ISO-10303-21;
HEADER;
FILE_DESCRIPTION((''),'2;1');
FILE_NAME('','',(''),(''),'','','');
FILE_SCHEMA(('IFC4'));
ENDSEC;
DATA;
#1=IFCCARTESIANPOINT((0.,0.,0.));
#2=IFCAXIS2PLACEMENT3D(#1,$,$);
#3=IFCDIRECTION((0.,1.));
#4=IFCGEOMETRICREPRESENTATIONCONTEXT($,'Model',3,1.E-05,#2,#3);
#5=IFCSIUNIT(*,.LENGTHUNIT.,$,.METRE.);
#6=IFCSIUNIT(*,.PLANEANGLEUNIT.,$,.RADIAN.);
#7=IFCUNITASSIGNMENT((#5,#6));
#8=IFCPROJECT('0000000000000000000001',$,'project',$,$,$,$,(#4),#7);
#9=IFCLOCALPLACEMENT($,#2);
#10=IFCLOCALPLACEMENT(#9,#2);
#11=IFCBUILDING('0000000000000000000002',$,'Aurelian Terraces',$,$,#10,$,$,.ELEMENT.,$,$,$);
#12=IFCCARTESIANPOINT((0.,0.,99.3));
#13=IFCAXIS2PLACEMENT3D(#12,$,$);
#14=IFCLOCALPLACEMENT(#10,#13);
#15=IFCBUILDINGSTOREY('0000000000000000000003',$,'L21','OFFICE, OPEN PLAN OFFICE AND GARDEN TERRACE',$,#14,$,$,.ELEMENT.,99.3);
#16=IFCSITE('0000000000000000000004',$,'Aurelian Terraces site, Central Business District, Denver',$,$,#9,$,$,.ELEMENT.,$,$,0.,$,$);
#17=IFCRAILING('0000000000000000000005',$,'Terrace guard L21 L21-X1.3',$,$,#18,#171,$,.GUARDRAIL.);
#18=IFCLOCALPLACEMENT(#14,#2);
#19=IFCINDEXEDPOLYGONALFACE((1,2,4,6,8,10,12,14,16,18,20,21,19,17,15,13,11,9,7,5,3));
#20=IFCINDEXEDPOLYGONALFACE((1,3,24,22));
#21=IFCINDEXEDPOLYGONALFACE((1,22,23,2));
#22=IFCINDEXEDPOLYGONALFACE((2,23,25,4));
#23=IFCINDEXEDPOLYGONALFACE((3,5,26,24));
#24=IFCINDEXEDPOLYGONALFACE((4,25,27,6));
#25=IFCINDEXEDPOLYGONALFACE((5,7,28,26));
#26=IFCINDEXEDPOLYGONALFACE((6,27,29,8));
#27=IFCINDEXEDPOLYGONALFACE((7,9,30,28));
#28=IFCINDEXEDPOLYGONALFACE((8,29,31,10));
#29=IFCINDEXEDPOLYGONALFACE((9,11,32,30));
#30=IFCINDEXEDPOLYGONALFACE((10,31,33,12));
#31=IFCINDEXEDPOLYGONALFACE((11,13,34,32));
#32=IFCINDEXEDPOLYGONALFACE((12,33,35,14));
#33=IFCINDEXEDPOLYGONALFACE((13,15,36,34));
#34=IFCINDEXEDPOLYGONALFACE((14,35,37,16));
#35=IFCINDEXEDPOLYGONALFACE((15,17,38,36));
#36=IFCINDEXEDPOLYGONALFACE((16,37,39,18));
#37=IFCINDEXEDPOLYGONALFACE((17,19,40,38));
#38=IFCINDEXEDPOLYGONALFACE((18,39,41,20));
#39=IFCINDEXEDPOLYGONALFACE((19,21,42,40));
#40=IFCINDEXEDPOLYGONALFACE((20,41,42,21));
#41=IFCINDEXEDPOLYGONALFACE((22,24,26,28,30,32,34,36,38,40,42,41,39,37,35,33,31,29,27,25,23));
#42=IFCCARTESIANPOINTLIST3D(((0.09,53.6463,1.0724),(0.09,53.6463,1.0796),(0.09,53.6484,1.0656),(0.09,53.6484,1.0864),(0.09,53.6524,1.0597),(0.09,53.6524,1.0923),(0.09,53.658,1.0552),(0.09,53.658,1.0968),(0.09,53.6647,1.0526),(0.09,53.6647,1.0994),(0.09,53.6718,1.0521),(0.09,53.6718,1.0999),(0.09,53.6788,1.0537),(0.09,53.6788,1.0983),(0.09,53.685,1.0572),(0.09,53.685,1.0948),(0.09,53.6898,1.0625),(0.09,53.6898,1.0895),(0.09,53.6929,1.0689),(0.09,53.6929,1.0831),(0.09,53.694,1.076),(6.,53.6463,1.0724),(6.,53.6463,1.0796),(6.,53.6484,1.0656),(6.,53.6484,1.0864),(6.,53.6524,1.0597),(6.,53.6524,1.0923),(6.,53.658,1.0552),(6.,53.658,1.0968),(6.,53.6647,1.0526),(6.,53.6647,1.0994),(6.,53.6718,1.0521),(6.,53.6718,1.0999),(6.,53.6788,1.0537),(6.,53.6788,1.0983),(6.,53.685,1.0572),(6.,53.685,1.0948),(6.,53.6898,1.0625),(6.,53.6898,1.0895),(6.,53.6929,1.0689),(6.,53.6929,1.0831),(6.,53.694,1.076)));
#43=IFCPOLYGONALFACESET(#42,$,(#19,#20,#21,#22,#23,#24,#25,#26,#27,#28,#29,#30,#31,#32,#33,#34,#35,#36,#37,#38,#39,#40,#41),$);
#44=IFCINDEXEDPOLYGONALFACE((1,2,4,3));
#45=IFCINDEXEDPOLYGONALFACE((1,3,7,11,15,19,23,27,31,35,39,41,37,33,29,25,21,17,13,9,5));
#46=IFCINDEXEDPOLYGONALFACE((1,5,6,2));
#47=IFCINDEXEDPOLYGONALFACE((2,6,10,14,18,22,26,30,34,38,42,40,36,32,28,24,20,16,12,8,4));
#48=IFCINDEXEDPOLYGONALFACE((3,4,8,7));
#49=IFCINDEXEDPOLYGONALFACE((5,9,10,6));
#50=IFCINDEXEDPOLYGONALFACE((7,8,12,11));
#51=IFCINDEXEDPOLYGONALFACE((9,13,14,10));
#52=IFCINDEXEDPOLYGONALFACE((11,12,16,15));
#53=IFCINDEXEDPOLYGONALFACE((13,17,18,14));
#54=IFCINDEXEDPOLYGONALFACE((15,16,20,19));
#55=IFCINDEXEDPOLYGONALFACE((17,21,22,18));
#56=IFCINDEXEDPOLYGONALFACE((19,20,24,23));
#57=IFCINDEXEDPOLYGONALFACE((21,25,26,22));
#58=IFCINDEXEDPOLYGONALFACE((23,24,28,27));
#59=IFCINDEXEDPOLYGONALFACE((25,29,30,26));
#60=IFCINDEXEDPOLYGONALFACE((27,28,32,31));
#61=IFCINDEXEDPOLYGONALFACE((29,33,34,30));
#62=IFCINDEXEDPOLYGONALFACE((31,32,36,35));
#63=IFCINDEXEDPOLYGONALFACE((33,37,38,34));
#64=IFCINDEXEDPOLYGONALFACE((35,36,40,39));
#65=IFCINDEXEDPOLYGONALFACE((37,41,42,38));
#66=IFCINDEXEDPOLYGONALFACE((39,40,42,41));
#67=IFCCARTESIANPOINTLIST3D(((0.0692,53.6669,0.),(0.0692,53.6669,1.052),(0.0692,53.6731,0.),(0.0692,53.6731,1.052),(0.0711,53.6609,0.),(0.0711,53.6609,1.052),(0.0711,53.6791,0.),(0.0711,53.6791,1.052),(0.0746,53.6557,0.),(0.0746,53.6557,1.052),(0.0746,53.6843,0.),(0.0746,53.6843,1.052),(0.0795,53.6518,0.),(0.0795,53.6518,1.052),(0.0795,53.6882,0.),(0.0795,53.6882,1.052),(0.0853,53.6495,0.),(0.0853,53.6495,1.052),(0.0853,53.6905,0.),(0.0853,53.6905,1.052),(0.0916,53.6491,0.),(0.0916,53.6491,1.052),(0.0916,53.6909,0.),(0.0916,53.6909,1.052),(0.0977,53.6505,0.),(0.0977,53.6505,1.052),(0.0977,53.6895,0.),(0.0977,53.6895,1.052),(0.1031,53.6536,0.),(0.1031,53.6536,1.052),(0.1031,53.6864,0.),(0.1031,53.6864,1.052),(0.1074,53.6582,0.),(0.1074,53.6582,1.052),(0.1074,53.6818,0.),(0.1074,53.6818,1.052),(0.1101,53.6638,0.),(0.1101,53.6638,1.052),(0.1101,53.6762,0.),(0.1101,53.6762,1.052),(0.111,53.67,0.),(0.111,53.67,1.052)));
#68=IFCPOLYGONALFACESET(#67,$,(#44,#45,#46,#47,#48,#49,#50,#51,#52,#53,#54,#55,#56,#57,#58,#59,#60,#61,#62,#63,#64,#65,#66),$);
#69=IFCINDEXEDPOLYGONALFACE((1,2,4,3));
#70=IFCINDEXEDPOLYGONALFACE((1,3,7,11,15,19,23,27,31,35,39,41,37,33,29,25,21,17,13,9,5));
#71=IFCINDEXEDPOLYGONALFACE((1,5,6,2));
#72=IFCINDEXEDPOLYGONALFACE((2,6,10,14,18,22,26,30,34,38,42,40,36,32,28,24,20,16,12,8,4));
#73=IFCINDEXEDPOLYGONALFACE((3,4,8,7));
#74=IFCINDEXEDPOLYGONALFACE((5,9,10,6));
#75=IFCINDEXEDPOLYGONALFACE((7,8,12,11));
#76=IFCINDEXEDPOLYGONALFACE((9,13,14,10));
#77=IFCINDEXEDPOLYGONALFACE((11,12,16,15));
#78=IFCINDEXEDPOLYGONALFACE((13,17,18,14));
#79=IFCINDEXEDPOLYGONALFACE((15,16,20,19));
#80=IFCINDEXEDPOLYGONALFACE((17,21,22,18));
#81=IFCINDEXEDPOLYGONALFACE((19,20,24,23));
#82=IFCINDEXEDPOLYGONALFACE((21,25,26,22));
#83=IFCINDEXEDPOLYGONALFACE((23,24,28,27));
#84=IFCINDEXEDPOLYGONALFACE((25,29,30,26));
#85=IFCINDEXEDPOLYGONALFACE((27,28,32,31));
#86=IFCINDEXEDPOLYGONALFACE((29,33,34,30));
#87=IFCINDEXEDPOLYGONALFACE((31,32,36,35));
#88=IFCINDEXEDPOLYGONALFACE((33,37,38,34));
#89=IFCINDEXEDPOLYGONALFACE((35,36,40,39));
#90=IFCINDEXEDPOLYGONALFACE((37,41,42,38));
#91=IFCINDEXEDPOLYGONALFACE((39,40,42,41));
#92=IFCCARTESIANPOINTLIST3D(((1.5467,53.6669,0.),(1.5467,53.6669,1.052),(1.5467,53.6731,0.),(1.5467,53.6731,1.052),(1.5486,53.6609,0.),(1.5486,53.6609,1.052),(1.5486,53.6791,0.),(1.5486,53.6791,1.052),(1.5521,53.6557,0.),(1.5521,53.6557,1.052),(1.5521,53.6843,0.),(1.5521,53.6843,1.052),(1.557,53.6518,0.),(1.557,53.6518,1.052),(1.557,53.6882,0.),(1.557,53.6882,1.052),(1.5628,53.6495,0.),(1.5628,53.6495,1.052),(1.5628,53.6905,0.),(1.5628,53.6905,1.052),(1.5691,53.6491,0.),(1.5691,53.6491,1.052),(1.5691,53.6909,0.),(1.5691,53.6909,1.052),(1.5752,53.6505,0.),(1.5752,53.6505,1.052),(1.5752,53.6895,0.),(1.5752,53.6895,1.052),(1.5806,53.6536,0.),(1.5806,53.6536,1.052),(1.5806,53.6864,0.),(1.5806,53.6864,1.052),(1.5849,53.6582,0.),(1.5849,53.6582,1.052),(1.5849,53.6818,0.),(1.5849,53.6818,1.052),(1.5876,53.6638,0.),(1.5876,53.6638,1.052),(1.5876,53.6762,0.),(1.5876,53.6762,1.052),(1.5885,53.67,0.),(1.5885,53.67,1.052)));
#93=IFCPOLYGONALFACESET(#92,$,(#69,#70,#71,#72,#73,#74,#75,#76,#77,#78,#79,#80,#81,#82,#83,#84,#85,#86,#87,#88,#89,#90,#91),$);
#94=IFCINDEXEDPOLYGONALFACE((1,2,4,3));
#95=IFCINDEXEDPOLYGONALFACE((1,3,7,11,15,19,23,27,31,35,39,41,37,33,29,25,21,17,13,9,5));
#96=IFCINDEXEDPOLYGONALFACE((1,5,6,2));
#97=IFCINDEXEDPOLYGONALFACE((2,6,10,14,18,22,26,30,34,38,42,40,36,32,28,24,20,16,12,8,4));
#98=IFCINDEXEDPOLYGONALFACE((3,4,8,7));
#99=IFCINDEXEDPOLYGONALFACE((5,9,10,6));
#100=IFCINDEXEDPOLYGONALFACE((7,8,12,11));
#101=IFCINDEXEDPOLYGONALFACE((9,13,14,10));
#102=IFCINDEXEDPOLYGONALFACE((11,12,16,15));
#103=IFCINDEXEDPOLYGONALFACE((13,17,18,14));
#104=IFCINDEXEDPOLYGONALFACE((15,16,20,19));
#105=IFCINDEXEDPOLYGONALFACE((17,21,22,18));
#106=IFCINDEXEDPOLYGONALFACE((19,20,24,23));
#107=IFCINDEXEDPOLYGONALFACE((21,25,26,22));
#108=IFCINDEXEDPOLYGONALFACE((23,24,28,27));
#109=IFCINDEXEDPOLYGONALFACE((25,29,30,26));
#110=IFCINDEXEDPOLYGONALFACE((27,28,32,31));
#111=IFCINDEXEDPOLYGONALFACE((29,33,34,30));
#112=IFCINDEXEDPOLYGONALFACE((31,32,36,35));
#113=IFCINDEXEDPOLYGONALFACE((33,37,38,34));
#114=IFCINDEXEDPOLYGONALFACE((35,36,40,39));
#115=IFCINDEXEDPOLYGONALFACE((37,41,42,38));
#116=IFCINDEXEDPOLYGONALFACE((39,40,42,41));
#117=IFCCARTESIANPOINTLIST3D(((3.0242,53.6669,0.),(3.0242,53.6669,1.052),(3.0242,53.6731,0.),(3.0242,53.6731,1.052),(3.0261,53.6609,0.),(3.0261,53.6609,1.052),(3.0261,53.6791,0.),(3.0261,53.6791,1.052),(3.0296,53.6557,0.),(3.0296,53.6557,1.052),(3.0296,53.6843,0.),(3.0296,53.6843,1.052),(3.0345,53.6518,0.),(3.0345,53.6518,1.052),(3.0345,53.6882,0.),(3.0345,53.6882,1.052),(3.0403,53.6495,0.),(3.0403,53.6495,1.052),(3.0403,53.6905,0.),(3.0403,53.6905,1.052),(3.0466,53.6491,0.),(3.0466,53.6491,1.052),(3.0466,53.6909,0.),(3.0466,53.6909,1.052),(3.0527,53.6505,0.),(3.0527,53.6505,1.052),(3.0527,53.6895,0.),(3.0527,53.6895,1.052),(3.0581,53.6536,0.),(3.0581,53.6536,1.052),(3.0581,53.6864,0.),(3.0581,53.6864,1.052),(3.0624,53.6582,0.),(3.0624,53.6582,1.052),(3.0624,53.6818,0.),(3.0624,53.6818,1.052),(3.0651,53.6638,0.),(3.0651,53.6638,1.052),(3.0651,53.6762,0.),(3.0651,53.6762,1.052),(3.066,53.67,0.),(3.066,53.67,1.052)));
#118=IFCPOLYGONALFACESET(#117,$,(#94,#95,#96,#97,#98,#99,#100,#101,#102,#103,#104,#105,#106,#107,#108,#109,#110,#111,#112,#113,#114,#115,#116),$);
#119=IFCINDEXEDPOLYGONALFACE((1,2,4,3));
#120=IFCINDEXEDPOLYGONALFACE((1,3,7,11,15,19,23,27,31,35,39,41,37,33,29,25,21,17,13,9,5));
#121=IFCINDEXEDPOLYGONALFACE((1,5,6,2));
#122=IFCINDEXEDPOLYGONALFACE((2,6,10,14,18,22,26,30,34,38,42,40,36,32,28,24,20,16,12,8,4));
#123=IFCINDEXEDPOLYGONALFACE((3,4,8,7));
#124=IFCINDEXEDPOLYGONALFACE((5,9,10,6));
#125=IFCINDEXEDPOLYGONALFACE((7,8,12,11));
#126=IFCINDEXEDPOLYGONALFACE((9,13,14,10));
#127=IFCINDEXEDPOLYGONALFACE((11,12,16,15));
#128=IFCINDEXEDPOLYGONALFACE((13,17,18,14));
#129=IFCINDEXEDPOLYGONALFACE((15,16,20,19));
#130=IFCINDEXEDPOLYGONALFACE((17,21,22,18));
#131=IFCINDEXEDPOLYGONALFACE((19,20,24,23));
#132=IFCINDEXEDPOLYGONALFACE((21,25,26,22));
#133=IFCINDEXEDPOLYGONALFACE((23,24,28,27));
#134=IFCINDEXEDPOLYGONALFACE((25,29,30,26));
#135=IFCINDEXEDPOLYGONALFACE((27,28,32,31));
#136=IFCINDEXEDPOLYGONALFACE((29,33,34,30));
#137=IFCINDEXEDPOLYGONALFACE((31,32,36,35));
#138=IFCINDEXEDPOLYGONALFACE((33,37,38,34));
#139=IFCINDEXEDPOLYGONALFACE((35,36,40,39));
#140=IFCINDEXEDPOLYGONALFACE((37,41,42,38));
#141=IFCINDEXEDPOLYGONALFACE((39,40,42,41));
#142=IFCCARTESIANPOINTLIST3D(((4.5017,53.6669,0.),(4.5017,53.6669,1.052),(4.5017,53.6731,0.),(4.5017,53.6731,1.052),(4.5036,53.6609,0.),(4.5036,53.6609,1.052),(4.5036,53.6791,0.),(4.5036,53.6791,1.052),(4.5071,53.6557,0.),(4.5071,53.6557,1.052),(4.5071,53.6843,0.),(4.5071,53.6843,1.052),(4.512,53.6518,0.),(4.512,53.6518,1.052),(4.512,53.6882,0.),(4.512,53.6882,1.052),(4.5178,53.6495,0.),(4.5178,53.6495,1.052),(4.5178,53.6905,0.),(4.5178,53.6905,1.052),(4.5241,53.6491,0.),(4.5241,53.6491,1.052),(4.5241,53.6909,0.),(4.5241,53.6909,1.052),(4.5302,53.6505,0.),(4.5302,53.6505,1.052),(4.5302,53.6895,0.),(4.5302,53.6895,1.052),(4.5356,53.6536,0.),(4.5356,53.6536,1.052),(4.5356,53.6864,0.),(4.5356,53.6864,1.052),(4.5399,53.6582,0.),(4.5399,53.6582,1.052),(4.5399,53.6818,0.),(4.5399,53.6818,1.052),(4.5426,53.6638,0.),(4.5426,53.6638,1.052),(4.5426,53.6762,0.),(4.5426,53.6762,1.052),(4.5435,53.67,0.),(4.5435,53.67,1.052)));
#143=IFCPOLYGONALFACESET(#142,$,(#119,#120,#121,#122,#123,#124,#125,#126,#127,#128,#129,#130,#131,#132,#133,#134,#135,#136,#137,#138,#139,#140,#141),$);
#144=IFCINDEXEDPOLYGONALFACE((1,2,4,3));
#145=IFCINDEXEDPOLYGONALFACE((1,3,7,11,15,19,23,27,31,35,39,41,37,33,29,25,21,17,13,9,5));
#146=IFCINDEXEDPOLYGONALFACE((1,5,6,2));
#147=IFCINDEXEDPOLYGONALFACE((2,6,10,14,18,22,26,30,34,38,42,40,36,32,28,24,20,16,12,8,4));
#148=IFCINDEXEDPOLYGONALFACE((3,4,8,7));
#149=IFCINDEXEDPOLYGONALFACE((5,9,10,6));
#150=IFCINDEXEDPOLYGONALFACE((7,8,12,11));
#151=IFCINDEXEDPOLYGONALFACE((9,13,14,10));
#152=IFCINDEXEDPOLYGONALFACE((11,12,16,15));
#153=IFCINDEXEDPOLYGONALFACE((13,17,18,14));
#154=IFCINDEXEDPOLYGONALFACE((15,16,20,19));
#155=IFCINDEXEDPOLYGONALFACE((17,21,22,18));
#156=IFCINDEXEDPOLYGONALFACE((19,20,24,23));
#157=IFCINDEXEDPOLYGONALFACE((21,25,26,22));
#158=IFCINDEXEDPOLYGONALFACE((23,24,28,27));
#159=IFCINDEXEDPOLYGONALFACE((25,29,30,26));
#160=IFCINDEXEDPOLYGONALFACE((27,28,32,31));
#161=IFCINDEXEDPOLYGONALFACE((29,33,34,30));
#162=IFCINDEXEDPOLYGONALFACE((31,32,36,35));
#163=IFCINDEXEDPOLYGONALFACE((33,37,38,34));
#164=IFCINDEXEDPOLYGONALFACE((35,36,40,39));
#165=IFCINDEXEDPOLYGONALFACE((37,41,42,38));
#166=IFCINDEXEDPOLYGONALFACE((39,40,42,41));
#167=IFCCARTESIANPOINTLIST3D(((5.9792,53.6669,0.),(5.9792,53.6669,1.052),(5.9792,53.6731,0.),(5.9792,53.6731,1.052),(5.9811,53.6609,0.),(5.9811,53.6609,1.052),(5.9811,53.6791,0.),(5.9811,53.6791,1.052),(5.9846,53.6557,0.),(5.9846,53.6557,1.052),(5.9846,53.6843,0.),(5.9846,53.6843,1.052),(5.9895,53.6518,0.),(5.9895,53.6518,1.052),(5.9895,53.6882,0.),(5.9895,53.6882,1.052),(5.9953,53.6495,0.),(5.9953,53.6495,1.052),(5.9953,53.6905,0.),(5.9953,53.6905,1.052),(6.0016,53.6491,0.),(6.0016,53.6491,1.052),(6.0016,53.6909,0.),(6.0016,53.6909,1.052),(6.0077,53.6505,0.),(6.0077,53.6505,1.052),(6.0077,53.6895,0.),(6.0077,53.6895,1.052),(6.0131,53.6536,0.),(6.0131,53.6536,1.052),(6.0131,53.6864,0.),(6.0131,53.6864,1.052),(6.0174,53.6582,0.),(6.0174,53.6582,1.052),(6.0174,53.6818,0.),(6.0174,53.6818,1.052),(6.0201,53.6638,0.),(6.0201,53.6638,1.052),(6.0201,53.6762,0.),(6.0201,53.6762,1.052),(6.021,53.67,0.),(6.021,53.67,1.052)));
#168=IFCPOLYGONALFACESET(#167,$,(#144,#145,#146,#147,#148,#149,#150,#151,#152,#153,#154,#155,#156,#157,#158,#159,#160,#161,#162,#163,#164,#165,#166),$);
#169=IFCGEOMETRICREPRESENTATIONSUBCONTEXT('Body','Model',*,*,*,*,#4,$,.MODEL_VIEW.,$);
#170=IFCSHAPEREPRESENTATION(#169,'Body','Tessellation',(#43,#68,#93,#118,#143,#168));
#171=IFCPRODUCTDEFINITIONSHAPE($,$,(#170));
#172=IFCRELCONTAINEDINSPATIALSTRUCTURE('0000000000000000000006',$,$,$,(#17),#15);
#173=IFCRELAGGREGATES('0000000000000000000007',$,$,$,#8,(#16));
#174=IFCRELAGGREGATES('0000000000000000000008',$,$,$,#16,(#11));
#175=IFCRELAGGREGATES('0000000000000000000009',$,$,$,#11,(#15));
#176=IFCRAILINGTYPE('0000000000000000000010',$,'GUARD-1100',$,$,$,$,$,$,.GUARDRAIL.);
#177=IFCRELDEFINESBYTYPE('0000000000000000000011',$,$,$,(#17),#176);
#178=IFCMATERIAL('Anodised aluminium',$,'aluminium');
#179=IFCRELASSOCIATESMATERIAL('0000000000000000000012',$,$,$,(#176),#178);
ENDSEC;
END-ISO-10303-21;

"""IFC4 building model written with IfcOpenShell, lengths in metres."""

from ifc_helpers import new_model, si_unit, direction, frame, origin, origin_2d, place, context, subcontext, project, spatial, circle, extrude, material, type_object, element, save


model = new_model("IFC4")

# Units and contexts
model_context = context("Model", 3, precision=1e-05, world=origin(), true_north=direction((0.0, 1.0)))
body_context = subcontext(model_context, "Body", "Model", "MODEL_VIEW")
ifc_project = project(units=[si_unit("LENGTHUNIT", "METRE"), si_unit("PLANEANGLEUNIT", "RADIAN")], contexts=[model_context])

# Site, building, storey
site_placement = place(None, origin())
site = spatial("IfcSite", under=ifc_project, at=site_placement, Name="Aurelian Terraces site, Central Business District, Denver", CompositionType="ELEMENT", RefElevation=0.0)
building_placement = place(site_placement, origin())
building = spatial("IfcBuilding", under=site, at=building_placement, Name="Aurelian Terraces", CompositionType="ELEMENT")
storey_placement = place(building_placement, frame((0.0, 0.0, 99.3)))
storey = spatial("IfcBuildingStorey", under=building, at=storey_placement, Name="L21", Description="OFFICE, OPEN PLAN OFFICE AND GARDEN TERRACE", CompositionType="ELEMENT", Elevation=99.3)

# Railing
ifc_material_1 = material(Name="Anodised aluminium", Category="aluminium")
railing_type = type_object("IfcRailingType", Name="GUARD-1100", PredefinedType="GUARDRAIL", material=ifc_material_1)
railing_1_placement = place(storey_placement, frame((0.09, 53.67, 0.0)))
element("IfcRailing", 1, at=railing_1_placement, inside=storey, type_object=railing_type, Name="Terrace guard L21 L21-X1.3", PredefinedType="GUARDRAIL", context=body_context, shape_type="SweptSolid", body=[
    extrude(circle(Radius=0.024, at=origin_2d()), frame((0.0, 0.0, 1.076), z_axis=(1.0, 0.0, 0.0), x_axis=(0.0, 1.0, 0.0)), (0.0, 0.0, 1.0), 5.91),
    extrude(circle(Radius=0.021, at=origin_2d()), origin(), (0.0, 0.0, 1.0), 1.052),
    extrude(circle(Radius=0.021, at=origin_2d()), frame((1.4775, 0.0, 0.0)), (0.0, 0.0, 1.0), 1.052),
    extrude(circle(Radius=0.021, at=origin_2d()), frame((2.955, 0.0, 0.0)), (0.0, 0.0, 1.0), 1.052),
    extrude(circle(Radius=0.021, at=origin_2d()), frame((4.4325, 0.0, 0.0)), (0.0, 0.0, 1.0), 1.052),
    extrude(circle(Radius=0.021, at=origin_2d()), frame((5.91, 0.0, 0.0)), (0.0, 0.0, 1.0), 1.052),
])

save(model, "model.ifc")
